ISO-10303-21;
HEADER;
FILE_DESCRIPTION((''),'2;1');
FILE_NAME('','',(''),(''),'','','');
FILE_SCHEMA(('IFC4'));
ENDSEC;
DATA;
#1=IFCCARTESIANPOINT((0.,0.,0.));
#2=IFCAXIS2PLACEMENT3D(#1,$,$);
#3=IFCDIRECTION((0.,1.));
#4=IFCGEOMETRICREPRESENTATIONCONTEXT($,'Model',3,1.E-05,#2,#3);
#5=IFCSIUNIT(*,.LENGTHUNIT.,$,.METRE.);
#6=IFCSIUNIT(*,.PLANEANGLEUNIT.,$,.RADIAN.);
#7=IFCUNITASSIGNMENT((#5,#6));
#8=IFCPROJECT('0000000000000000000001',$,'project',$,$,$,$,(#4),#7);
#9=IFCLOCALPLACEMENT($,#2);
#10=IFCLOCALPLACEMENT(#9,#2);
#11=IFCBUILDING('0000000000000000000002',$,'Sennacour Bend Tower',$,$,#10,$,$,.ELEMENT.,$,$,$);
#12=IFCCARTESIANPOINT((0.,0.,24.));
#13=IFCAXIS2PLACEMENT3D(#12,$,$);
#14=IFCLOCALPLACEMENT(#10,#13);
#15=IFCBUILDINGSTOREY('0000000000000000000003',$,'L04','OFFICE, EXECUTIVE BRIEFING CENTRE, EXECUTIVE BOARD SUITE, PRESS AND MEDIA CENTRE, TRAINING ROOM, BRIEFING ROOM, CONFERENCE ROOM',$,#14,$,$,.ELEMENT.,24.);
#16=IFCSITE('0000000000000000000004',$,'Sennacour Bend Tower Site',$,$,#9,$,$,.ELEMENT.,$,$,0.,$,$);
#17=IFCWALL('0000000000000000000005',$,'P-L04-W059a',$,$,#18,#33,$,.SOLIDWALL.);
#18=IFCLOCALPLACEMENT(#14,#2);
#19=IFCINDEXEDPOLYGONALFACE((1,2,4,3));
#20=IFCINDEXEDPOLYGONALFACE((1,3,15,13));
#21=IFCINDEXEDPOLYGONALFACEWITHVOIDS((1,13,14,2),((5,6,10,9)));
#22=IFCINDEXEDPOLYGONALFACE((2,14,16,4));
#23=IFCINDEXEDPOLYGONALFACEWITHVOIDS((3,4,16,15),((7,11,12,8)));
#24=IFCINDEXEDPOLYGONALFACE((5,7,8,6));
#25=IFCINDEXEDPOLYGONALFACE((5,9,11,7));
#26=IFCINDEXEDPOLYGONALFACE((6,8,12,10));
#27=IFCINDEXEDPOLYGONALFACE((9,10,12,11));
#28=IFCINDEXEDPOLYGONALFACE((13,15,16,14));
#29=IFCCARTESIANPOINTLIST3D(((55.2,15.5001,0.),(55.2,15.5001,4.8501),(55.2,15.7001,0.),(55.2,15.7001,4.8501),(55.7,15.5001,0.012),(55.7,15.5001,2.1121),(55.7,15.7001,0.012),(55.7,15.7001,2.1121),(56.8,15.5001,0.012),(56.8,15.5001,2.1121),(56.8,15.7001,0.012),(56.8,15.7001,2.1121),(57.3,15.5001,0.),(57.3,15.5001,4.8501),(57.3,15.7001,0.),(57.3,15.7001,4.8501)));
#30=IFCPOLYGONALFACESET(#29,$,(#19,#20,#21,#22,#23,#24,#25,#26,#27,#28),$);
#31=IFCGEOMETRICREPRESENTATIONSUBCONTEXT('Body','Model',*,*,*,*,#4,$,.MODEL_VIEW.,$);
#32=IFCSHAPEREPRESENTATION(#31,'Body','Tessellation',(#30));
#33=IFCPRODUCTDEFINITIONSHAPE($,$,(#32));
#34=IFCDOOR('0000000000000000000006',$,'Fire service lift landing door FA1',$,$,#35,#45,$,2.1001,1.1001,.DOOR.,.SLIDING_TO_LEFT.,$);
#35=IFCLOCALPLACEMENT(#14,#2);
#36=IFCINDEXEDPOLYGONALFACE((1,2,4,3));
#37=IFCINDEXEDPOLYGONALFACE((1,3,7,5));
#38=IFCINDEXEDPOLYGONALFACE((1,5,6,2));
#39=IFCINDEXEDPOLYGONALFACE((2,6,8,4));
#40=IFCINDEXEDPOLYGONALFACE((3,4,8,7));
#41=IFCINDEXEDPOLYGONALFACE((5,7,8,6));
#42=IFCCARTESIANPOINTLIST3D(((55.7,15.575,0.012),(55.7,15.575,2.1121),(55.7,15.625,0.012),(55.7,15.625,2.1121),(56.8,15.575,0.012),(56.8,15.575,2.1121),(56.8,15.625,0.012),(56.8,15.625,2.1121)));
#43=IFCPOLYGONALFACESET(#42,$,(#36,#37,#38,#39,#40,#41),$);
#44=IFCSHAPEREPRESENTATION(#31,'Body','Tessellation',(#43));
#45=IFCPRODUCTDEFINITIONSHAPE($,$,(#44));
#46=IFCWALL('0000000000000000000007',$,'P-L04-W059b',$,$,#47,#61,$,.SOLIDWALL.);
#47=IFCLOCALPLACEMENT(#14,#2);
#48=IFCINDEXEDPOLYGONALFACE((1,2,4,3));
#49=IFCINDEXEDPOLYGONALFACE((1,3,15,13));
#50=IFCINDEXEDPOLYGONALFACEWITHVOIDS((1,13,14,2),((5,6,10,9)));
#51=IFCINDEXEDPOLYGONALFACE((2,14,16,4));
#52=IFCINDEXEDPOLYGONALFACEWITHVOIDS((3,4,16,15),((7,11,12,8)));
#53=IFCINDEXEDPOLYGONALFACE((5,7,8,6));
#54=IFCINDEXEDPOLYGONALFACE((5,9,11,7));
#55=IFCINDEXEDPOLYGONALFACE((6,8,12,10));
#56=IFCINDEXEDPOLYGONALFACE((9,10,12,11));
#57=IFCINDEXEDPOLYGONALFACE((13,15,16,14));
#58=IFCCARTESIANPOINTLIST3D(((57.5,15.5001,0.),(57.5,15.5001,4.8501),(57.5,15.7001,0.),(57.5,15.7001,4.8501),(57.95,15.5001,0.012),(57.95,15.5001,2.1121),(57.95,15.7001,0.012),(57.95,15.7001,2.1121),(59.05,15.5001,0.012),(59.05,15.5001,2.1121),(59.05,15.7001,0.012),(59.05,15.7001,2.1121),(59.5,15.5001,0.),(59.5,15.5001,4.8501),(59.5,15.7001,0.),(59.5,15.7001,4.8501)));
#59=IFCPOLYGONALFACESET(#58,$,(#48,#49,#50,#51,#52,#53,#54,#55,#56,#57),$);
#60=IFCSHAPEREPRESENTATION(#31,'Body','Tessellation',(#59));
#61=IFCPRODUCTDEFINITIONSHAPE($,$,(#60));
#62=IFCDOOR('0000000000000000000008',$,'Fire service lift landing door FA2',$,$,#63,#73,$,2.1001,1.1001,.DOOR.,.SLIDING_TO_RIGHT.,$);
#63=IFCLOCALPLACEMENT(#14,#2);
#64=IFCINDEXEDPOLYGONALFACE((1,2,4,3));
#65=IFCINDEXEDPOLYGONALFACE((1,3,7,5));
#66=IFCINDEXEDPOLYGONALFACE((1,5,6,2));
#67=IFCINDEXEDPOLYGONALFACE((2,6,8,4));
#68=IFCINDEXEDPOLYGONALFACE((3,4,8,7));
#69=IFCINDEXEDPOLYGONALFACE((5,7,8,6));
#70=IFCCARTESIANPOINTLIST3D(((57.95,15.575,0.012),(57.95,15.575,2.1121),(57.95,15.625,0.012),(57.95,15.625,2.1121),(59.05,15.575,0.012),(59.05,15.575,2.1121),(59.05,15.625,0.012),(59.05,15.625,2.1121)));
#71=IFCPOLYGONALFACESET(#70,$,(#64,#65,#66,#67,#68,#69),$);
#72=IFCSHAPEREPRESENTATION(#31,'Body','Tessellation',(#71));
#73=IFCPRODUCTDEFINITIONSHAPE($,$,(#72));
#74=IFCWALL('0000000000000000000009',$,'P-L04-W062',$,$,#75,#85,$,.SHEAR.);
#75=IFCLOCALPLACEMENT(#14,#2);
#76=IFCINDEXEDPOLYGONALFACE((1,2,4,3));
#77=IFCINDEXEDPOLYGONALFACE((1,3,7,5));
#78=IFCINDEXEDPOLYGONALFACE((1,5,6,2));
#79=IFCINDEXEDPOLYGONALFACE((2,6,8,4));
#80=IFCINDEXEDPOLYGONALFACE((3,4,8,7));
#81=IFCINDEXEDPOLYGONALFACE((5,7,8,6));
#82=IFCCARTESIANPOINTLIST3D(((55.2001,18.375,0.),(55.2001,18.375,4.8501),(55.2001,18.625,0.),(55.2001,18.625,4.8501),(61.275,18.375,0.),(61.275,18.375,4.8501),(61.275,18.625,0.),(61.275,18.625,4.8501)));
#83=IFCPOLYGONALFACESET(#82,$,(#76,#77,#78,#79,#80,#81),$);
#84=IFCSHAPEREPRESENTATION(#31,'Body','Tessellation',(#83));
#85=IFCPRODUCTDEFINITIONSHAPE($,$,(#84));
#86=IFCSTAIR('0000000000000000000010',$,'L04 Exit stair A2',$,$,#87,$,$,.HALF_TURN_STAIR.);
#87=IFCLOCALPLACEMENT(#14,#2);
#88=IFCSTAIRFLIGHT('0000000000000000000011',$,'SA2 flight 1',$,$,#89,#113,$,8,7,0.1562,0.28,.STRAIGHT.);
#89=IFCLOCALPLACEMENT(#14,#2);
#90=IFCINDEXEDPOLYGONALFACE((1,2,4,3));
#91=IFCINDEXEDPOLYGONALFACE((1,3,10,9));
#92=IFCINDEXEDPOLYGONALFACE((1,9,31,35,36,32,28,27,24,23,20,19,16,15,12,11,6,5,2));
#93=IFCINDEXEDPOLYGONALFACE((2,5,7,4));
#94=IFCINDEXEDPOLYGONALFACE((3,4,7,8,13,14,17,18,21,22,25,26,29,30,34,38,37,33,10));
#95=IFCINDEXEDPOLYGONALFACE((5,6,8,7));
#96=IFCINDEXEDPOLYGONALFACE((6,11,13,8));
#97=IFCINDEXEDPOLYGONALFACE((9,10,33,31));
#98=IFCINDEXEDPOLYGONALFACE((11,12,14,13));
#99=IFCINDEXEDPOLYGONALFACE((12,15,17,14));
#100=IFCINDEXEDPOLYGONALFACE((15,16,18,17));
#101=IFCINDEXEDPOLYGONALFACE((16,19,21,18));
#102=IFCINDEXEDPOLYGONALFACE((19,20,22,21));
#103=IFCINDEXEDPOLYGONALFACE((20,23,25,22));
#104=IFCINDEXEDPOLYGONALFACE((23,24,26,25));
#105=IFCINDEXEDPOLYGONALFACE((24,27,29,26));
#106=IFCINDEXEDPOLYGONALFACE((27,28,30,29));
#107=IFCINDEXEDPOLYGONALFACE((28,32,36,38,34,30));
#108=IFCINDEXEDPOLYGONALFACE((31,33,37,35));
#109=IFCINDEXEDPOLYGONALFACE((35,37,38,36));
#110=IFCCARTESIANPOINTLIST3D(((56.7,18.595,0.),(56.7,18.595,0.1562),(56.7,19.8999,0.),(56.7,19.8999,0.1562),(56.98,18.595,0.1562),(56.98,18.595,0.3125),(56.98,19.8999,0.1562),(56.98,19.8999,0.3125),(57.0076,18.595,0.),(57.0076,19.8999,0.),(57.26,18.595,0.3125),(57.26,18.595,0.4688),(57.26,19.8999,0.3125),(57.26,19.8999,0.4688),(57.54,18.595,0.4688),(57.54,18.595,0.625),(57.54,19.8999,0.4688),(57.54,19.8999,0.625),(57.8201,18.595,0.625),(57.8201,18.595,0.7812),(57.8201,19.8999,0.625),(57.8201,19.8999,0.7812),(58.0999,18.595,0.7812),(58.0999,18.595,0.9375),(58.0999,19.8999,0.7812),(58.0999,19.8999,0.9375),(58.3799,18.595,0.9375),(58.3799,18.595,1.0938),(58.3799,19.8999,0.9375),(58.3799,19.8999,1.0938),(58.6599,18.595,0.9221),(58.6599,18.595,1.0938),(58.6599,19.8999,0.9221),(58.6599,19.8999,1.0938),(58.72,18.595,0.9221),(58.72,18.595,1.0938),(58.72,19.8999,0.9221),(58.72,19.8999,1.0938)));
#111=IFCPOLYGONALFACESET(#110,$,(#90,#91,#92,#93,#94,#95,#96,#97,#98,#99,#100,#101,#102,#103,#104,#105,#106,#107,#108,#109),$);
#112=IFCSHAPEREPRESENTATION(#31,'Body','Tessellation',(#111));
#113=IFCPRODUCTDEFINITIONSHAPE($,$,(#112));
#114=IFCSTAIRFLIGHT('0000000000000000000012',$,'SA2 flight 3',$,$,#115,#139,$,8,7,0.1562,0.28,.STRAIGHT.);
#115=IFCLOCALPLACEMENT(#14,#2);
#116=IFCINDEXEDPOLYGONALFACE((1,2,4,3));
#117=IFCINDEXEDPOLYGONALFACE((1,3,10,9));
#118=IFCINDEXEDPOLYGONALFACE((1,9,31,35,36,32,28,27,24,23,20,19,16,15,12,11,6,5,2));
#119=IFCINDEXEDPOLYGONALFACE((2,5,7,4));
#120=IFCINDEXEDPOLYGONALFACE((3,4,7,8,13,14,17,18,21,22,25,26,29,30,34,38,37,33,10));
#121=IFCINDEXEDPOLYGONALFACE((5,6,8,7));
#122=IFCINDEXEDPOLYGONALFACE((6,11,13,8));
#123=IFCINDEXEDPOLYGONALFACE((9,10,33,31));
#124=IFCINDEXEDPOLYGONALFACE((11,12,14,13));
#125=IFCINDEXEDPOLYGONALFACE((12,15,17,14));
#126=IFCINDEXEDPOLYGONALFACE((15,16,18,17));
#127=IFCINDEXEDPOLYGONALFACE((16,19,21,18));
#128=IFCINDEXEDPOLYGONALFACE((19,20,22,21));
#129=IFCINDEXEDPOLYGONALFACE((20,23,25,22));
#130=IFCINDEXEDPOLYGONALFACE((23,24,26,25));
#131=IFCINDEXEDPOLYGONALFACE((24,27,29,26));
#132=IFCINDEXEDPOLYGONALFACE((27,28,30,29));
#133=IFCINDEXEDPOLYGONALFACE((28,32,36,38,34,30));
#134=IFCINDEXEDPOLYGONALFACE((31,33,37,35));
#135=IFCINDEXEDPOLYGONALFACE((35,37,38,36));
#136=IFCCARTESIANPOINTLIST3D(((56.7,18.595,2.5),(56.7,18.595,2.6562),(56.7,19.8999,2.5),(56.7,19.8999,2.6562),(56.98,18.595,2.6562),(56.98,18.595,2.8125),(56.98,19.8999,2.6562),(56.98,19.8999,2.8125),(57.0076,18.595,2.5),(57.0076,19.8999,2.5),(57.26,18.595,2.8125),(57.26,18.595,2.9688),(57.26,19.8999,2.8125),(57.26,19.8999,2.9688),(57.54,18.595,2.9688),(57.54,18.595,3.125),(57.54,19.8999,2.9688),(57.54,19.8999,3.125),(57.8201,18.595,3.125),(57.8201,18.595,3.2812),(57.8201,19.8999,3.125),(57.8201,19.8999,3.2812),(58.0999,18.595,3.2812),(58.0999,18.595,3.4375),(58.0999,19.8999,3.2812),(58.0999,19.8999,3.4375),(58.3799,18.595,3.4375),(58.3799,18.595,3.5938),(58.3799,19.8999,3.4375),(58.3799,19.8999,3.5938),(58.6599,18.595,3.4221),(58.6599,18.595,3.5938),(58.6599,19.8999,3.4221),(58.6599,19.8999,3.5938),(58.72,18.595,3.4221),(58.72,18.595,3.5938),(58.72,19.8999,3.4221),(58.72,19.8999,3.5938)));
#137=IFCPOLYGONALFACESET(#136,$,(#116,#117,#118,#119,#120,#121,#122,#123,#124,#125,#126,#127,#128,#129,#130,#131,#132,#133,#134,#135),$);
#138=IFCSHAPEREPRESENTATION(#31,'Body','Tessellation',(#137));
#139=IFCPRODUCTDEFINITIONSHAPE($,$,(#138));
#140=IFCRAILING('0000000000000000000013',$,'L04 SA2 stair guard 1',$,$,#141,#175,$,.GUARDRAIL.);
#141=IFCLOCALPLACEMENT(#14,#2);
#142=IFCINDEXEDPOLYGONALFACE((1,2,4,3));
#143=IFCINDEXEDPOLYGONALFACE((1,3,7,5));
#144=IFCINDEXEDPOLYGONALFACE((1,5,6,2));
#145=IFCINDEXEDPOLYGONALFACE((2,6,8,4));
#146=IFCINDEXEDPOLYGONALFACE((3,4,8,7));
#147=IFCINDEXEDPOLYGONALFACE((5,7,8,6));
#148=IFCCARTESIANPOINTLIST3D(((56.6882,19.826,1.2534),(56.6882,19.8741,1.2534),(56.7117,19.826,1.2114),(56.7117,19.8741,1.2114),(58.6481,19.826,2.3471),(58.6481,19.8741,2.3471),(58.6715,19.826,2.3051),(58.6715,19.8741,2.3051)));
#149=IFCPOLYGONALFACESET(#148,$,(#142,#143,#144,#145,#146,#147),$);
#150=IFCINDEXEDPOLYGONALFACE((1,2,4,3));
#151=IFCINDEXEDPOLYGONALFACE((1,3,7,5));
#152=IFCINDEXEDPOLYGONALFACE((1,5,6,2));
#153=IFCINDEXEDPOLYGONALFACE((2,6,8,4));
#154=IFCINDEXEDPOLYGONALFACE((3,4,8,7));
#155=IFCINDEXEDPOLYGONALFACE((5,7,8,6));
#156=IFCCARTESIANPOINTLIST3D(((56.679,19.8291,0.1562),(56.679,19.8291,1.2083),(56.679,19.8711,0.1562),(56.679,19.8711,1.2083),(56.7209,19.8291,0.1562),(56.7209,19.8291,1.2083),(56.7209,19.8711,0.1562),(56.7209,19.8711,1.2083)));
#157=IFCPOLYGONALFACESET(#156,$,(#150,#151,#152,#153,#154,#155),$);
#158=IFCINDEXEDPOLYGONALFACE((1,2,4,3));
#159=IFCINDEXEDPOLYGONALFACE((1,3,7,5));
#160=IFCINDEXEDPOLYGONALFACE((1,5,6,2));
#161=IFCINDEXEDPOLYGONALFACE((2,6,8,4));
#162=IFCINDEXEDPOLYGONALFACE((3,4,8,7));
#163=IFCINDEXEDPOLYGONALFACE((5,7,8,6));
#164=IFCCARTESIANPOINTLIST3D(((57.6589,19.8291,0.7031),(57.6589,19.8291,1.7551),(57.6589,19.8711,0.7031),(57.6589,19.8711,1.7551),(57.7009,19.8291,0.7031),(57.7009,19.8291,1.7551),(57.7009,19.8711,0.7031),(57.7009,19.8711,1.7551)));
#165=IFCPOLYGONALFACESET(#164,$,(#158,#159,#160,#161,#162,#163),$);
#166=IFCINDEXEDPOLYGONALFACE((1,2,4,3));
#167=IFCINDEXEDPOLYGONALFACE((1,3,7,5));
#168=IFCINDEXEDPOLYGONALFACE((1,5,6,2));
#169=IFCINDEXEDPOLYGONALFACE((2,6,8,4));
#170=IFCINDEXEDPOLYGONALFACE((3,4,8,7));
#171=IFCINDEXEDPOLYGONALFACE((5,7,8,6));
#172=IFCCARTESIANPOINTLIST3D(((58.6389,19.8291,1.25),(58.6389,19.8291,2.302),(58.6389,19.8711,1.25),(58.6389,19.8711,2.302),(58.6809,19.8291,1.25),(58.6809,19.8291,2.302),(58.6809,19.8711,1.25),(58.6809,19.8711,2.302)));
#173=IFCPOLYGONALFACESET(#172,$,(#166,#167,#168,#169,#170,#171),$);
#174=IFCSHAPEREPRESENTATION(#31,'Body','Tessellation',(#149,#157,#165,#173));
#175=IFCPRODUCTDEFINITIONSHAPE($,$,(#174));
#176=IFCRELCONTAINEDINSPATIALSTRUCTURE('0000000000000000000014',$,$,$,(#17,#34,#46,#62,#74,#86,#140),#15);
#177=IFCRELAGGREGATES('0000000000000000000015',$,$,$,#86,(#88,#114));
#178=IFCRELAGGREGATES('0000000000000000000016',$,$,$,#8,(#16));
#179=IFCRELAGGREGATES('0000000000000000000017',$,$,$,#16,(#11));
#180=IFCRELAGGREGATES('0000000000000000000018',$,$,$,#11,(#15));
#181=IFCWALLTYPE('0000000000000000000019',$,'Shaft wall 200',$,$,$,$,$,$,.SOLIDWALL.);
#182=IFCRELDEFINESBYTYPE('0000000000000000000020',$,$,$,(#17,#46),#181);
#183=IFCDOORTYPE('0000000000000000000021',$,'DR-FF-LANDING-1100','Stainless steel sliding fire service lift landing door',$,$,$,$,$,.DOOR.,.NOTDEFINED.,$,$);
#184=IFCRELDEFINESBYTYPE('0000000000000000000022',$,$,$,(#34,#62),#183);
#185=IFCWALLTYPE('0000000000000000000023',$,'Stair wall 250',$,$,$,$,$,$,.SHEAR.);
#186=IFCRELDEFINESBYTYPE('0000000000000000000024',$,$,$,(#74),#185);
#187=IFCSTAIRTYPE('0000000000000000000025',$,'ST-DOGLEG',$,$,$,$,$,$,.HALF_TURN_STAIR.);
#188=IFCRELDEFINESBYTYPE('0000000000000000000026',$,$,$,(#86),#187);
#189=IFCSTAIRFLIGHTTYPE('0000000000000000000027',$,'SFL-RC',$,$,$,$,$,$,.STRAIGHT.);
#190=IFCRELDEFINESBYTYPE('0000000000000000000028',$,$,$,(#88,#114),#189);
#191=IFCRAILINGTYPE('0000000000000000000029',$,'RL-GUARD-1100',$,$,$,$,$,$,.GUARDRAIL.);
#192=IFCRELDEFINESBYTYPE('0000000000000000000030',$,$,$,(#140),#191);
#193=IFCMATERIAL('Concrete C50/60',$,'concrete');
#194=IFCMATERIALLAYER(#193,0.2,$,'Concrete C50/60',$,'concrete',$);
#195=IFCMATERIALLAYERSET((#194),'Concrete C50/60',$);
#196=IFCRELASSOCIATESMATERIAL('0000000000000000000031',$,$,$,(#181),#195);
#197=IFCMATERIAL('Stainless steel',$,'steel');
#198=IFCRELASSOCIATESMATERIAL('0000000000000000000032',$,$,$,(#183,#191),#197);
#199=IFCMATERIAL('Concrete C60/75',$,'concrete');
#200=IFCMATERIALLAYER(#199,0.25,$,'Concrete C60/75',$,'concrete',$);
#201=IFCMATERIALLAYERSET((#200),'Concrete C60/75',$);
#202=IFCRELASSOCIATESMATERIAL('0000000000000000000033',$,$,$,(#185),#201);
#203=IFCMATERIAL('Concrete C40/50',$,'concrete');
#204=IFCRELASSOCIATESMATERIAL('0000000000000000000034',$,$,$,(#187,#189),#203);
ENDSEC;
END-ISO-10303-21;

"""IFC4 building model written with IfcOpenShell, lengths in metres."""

from ifc_helpers import new_model, si_unit, direction, frame, frame_2d, origin, origin_2d, place, context, subcontext, project, spatial, polyline, rectangle, outline, extrude, material, layer, layer_set, type_object, element, fill, aggregate, save


model = new_model("IFC4")

# Units and contexts
model_context = context("Model", 3, precision=1e-05, world=origin(), true_north=direction((0.0, 1.0)))
body_context = subcontext(model_context, "Body", "Model", "MODEL_VIEW")
ifc_project = project(units=[si_unit("LENGTHUNIT", "METRE"), si_unit("PLANEANGLEUNIT", "RADIAN")], contexts=[model_context])

# Site, building, storey
site_placement = place(None, origin())
site = spatial("IfcSite", under=ifc_project, at=site_placement, Name="Sennacour Bend Tower Site", CompositionType="ELEMENT", RefElevation=0.0)
building_placement = place(site_placement, origin())
building = spatial("IfcBuilding", under=site, at=building_placement, Name="Sennacour Bend Tower", CompositionType="ELEMENT")
storey_placement = place(building_placement, frame((0.0, 0.0, 24.0)))
storey = spatial("IfcBuildingStorey", under=building, at=storey_placement, Name="L04", Description="OFFICE, EXECUTIVE BRIEFING CENTRE, EXECUTIVE BOARD SUITE, PRESS AND MEDIA CENTRE, TRAINING ROOM, BRIEFING ROOM, CONFERENCE ROOM", CompositionType="ELEMENT", Elevation=24.0)

# Shared definitions
ifc_material_1 = material(Name="Concrete C50/60", Category="concrete")
ifc_layer_1 = layer(ifc_material_1, 0.2, Name="Concrete C50/60", Category="concrete")
ifc_layer_set_1 = layer_set([ifc_layer_1], Name="Concrete C50/60")
wall_type_1 = type_object("IfcWallType", Name="Shaft wall 200", PredefinedType="SOLIDWALL", material=ifc_layer_set_1)

# Walls, openings, doors
wall_1_placement = place(storey_placement, frame((55.2, 15.6001, 0.0), z_axis=(0.0, 0.0, 1.0), x_axis=(1.0, 0.0, 0.0)))
wall_1 = element("IfcWall", 1, at=wall_1_placement, inside=storey, type_object=wall_type_1, Name="P-L04-W059a", PredefinedType="SOLIDWALL", context=body_context, shape_type="SweptSolid", body=[
    extrude(rectangle(XDim=2.1001, YDim=0.2, at=frame_2d((1.05, 0.0))), origin(), (0.0, 0.0, 1.0), 4.8501),
])
opening_1_placement = place(wall_1_placement, frame((0.5, 0.0, 0.012)))
opening_1 = element("IfcOpeningElement", 2, at=opening_1_placement, cuts=wall_1, PredefinedType="OPENING", context=body_context, shape_type="SweptSolid", body=[
    extrude(rectangle(XDim=1.1001, YDim=2.1001, at=frame_2d((0.55, 1.05))), frame((0.0, 0.1099, 0.0), z_axis=(0.0, -1.0, 0.0), x_axis=(1.0, 0.0, 0.0)), (0.0, 0.0, 1.0), 0.22),
])
ifc_material_2 = material(Name="Stainless steel", Category="steel")
door_type_1 = type_object("IfcDoorType", Name="DR-FF-LANDING-1100", Description="Stainless steel sliding fire service lift landing door", OperationType="NOTDEFINED", PredefinedType="DOOR", material=ifc_material_2)
door_1_placement = place(opening_1_placement, origin())
door_1 = element("IfcDoor", 3, at=door_1_placement, inside=storey, type_object=door_type_1, Name="Fire service lift landing door FA1", OperationType="SLIDING_TO_LEFT", OverallHeight=2.1001, OverallWidth=1.1001, PredefinedType="DOOR", context=body_context, shape_type="SweptSolid", body=[
    extrude(rectangle(XDim=1.1001, YDim=2.1001, at=frame_2d((0.55, 1.05))), frame((0.0, 0.0249, 0.0), z_axis=(0.0, -1.0, 0.0), x_axis=(1.0, 0.0, 0.0)), (0.0, 0.0, 1.0), 0.05),
])
fill(opening_1, door_1)
wall_2_placement = place(storey_placement, frame((57.5, 15.6001, 0.0), z_axis=(0.0, 0.0, 1.0), x_axis=(1.0, 0.0, 0.0)))
wall_2 = element("IfcWall", 4, at=wall_2_placement, inside=storey, type_object=wall_type_1, Name="P-L04-W059b", PredefinedType="SOLIDWALL", context=body_context, shape_type="SweptSolid", body=[
    extrude(rectangle(XDim=2.0, YDim=0.2, at=frame_2d((1.0, 0.0))), origin(), (0.0, 0.0, 1.0), 4.8501),
])
opening_2_placement = place(wall_2_placement, frame((0.45, 0.0, 0.012)))
opening_2 = element("IfcOpeningElement", 5, at=opening_2_placement, cuts=wall_2, PredefinedType="OPENING", context=body_context, shape_type="SweptSolid", body=[
    extrude(rectangle(XDim=1.1001, YDim=2.1001, at=frame_2d((0.55, 1.05))), frame((0.0, 0.1099, 0.0), z_axis=(0.0, -1.0, 0.0), x_axis=(1.0, 0.0, 0.0)), (0.0, 0.0, 1.0), 0.22),
])
door_2_placement = place(opening_2_placement, origin())
door_2 = element("IfcDoor", 6, at=door_2_placement, inside=storey, type_object=door_type_1, Name="Fire service lift landing door FA2", OperationType="SLIDING_TO_RIGHT", OverallHeight=2.1001, OverallWidth=1.1001, PredefinedType="DOOR", context=body_context, shape_type="SweptSolid", body=[
    extrude(rectangle(XDim=1.1001, YDim=2.1001, at=frame_2d((0.55, 1.05))), frame((0.0, 0.0249, 0.0), z_axis=(0.0, -1.0, 0.0), x_axis=(1.0, 0.0, 0.0)), (0.0, 0.0, 1.0), 0.05),
])
fill(opening_2, door_2)

# Wall
ifc_material_3 = material(Name="Concrete C60/75", Category="concrete")
ifc_layer_2 = layer(ifc_material_3, 0.25, Name="Concrete C60/75", Category="concrete")
ifc_layer_set_2 = layer_set([ifc_layer_2], Name="Concrete C60/75")
wall_type_2 = type_object("IfcWallType", Name="Stair wall 250", PredefinedType="SHEAR", material=ifc_layer_set_2)
wall_3_placement = place(storey_placement, frame((55.2, 18.5, 0.0), z_axis=(0.0, 0.0, 1.0), x_axis=(1.0, 0.0, 0.0)))
element("IfcWall", 7, at=wall_3_placement, inside=storey, type_object=wall_type_2, Name="P-L04-W062", PredefinedType="SHEAR", context=body_context, shape_type="SweptSolid", body=[
    extrude(rectangle(XDim=6.075, YDim=0.25, at=frame_2d((3.0376, 0.0))), origin(), (0.0, 0.0, 1.0), 4.8501),
])

# Stair, stair flights
ifc_material_4 = material(Name="Concrete C40/50", Category="concrete")
stair_type = type_object("IfcStairType", Name="ST-DOGLEG", PredefinedType="HALF_TURN_STAIR", material=ifc_material_4)
stair_placement = place(storey_placement, origin())
stair = element("IfcStair", 8, at=stair_placement, inside=storey, type_object=stair_type, Name="L04 Exit stair A2", PredefinedType="HALF_TURN_STAIR")
stair_flight_type = type_object("IfcStairFlightType", Name="SFL-RC", PredefinedType="STRAIGHT", material=ifc_material_4)
stair_flight_1_placement = place(storey_placement, frame((56.7, 19.2476, 0.0), z_axis=(0.0, 0.0, 1.0), x_axis=(1.0, 0.0, 0.0)))
stair_flight_1 = element("IfcStairFlight", 9, at=stair_flight_1_placement, type_object=stair_flight_type, Name="SA2 flight 1", NumberOfRisers=8, NumberOfTreads=7, PredefinedType="STRAIGHT", RiserHeight=0.1562, TreadLength=0.28, context=body_context, shape_type="SweptSolid", body=[
    extrude(outline(polyline([(0.0, 0.0), (0.0, 0.1562), (0.28, 0.1562), (0.28, 0.3125), (0.5601, 0.3125), (0.5601, 0.4688), (0.8401, 0.4688), (0.8401, 0.625), (1.1201, 0.625), (1.1201, 0.7812), (1.3999, 0.7812), (1.3999, 0.9375), (1.6799, 0.9375), (1.6799, 1.0938), (1.96, 1.0938), (2.02, 1.0938), (2.02, 0.9221), (1.96, 0.9221), (0.3076, 0.0), (0.0, 0.0)])), frame((0.0, 0.6523, 0.0), z_axis=(0.0, -1.0, 0.0), x_axis=(1.0, 0.0, 0.0)), (0.0, 0.0, 1.0), 1.3049),
])
stair_flight_2_placement = place(storey_placement, frame((56.7, 19.2476, 2.5), z_axis=(0.0, 0.0, 1.0), x_axis=(1.0, 0.0, 0.0)))
stair_flight_2 = element("IfcStairFlight", 10, at=stair_flight_2_placement, type_object=stair_flight_type, Name="SA2 flight 3", NumberOfRisers=8, NumberOfTreads=7, PredefinedType="STRAIGHT", RiserHeight=0.1562, TreadLength=0.28, context=body_context, shape_type="SweptSolid", body=[
    extrude(outline(polyline([(0.0, 0.0), (0.0, 0.1562), (0.28, 0.1562), (0.28, 0.3125), (0.5601, 0.3125), (0.5601, 0.4688), (0.8401, 0.4688), (0.8401, 0.625), (1.1201, 0.625), (1.1201, 0.7812), (1.3999, 0.7812), (1.3999, 0.9375), (1.6799, 0.9375), (1.6799, 1.0938), (1.96, 1.0938), (2.02, 1.0938), (2.02, 0.9221), (1.96, 0.9221), (0.3076, 0.0), (0.0, 0.0)])), frame((0.0, 0.6523, 0.0), z_axis=(0.0, -1.0, 0.0), x_axis=(1.0, 0.0, 0.0)), (0.0, 0.0, 1.0), 1.3049),
])
aggregate(stair, [stair_flight_1, stair_flight_2])

# Railing
railing_type_1 = type_object("IfcRailingType", Name="RL-GUARD-1100", PredefinedType="GUARDRAIL", material=ifc_material_2)
railing_1_placement = place(storey_placement, frame((56.7, 19.8501, 0.1562)))
element("IfcRailing", 11, at=railing_1_placement, inside=storey, type_object=railing_type_1, Name="L04 SA2 stair guard 1", PredefinedType="GUARDRAIL", context=body_context, shape_type="SweptSolid", body=[
    extrude(rectangle(XDim=0.0481, YDim=0.0481, at=origin_2d()), frame((0.0, 0.0, 1.0762), z_axis=(0.873232, 0.0, 0.487304), x_axis=(0.0, 1.0, 0.0)), (0.0, 0.0, 1.0), 2.2444),
    extrude(rectangle(XDim=0.042, YDim=0.042, at=origin_2d()), origin(), (0.0, 0.0, 1.0), 1.052),
    extrude(rectangle(XDim=0.042, YDim=0.042, at=origin_2d()), frame((0.98, 0.0, 0.5469)), (0.0, 0.0, 1.0), 1.052),
    extrude(rectangle(XDim=0.042, YDim=0.042, at=origin_2d()), frame((1.96, 0.0, 1.0938)), (0.0, 0.0, 1.0), 1.052),
])

save(model, "model.ifc")
